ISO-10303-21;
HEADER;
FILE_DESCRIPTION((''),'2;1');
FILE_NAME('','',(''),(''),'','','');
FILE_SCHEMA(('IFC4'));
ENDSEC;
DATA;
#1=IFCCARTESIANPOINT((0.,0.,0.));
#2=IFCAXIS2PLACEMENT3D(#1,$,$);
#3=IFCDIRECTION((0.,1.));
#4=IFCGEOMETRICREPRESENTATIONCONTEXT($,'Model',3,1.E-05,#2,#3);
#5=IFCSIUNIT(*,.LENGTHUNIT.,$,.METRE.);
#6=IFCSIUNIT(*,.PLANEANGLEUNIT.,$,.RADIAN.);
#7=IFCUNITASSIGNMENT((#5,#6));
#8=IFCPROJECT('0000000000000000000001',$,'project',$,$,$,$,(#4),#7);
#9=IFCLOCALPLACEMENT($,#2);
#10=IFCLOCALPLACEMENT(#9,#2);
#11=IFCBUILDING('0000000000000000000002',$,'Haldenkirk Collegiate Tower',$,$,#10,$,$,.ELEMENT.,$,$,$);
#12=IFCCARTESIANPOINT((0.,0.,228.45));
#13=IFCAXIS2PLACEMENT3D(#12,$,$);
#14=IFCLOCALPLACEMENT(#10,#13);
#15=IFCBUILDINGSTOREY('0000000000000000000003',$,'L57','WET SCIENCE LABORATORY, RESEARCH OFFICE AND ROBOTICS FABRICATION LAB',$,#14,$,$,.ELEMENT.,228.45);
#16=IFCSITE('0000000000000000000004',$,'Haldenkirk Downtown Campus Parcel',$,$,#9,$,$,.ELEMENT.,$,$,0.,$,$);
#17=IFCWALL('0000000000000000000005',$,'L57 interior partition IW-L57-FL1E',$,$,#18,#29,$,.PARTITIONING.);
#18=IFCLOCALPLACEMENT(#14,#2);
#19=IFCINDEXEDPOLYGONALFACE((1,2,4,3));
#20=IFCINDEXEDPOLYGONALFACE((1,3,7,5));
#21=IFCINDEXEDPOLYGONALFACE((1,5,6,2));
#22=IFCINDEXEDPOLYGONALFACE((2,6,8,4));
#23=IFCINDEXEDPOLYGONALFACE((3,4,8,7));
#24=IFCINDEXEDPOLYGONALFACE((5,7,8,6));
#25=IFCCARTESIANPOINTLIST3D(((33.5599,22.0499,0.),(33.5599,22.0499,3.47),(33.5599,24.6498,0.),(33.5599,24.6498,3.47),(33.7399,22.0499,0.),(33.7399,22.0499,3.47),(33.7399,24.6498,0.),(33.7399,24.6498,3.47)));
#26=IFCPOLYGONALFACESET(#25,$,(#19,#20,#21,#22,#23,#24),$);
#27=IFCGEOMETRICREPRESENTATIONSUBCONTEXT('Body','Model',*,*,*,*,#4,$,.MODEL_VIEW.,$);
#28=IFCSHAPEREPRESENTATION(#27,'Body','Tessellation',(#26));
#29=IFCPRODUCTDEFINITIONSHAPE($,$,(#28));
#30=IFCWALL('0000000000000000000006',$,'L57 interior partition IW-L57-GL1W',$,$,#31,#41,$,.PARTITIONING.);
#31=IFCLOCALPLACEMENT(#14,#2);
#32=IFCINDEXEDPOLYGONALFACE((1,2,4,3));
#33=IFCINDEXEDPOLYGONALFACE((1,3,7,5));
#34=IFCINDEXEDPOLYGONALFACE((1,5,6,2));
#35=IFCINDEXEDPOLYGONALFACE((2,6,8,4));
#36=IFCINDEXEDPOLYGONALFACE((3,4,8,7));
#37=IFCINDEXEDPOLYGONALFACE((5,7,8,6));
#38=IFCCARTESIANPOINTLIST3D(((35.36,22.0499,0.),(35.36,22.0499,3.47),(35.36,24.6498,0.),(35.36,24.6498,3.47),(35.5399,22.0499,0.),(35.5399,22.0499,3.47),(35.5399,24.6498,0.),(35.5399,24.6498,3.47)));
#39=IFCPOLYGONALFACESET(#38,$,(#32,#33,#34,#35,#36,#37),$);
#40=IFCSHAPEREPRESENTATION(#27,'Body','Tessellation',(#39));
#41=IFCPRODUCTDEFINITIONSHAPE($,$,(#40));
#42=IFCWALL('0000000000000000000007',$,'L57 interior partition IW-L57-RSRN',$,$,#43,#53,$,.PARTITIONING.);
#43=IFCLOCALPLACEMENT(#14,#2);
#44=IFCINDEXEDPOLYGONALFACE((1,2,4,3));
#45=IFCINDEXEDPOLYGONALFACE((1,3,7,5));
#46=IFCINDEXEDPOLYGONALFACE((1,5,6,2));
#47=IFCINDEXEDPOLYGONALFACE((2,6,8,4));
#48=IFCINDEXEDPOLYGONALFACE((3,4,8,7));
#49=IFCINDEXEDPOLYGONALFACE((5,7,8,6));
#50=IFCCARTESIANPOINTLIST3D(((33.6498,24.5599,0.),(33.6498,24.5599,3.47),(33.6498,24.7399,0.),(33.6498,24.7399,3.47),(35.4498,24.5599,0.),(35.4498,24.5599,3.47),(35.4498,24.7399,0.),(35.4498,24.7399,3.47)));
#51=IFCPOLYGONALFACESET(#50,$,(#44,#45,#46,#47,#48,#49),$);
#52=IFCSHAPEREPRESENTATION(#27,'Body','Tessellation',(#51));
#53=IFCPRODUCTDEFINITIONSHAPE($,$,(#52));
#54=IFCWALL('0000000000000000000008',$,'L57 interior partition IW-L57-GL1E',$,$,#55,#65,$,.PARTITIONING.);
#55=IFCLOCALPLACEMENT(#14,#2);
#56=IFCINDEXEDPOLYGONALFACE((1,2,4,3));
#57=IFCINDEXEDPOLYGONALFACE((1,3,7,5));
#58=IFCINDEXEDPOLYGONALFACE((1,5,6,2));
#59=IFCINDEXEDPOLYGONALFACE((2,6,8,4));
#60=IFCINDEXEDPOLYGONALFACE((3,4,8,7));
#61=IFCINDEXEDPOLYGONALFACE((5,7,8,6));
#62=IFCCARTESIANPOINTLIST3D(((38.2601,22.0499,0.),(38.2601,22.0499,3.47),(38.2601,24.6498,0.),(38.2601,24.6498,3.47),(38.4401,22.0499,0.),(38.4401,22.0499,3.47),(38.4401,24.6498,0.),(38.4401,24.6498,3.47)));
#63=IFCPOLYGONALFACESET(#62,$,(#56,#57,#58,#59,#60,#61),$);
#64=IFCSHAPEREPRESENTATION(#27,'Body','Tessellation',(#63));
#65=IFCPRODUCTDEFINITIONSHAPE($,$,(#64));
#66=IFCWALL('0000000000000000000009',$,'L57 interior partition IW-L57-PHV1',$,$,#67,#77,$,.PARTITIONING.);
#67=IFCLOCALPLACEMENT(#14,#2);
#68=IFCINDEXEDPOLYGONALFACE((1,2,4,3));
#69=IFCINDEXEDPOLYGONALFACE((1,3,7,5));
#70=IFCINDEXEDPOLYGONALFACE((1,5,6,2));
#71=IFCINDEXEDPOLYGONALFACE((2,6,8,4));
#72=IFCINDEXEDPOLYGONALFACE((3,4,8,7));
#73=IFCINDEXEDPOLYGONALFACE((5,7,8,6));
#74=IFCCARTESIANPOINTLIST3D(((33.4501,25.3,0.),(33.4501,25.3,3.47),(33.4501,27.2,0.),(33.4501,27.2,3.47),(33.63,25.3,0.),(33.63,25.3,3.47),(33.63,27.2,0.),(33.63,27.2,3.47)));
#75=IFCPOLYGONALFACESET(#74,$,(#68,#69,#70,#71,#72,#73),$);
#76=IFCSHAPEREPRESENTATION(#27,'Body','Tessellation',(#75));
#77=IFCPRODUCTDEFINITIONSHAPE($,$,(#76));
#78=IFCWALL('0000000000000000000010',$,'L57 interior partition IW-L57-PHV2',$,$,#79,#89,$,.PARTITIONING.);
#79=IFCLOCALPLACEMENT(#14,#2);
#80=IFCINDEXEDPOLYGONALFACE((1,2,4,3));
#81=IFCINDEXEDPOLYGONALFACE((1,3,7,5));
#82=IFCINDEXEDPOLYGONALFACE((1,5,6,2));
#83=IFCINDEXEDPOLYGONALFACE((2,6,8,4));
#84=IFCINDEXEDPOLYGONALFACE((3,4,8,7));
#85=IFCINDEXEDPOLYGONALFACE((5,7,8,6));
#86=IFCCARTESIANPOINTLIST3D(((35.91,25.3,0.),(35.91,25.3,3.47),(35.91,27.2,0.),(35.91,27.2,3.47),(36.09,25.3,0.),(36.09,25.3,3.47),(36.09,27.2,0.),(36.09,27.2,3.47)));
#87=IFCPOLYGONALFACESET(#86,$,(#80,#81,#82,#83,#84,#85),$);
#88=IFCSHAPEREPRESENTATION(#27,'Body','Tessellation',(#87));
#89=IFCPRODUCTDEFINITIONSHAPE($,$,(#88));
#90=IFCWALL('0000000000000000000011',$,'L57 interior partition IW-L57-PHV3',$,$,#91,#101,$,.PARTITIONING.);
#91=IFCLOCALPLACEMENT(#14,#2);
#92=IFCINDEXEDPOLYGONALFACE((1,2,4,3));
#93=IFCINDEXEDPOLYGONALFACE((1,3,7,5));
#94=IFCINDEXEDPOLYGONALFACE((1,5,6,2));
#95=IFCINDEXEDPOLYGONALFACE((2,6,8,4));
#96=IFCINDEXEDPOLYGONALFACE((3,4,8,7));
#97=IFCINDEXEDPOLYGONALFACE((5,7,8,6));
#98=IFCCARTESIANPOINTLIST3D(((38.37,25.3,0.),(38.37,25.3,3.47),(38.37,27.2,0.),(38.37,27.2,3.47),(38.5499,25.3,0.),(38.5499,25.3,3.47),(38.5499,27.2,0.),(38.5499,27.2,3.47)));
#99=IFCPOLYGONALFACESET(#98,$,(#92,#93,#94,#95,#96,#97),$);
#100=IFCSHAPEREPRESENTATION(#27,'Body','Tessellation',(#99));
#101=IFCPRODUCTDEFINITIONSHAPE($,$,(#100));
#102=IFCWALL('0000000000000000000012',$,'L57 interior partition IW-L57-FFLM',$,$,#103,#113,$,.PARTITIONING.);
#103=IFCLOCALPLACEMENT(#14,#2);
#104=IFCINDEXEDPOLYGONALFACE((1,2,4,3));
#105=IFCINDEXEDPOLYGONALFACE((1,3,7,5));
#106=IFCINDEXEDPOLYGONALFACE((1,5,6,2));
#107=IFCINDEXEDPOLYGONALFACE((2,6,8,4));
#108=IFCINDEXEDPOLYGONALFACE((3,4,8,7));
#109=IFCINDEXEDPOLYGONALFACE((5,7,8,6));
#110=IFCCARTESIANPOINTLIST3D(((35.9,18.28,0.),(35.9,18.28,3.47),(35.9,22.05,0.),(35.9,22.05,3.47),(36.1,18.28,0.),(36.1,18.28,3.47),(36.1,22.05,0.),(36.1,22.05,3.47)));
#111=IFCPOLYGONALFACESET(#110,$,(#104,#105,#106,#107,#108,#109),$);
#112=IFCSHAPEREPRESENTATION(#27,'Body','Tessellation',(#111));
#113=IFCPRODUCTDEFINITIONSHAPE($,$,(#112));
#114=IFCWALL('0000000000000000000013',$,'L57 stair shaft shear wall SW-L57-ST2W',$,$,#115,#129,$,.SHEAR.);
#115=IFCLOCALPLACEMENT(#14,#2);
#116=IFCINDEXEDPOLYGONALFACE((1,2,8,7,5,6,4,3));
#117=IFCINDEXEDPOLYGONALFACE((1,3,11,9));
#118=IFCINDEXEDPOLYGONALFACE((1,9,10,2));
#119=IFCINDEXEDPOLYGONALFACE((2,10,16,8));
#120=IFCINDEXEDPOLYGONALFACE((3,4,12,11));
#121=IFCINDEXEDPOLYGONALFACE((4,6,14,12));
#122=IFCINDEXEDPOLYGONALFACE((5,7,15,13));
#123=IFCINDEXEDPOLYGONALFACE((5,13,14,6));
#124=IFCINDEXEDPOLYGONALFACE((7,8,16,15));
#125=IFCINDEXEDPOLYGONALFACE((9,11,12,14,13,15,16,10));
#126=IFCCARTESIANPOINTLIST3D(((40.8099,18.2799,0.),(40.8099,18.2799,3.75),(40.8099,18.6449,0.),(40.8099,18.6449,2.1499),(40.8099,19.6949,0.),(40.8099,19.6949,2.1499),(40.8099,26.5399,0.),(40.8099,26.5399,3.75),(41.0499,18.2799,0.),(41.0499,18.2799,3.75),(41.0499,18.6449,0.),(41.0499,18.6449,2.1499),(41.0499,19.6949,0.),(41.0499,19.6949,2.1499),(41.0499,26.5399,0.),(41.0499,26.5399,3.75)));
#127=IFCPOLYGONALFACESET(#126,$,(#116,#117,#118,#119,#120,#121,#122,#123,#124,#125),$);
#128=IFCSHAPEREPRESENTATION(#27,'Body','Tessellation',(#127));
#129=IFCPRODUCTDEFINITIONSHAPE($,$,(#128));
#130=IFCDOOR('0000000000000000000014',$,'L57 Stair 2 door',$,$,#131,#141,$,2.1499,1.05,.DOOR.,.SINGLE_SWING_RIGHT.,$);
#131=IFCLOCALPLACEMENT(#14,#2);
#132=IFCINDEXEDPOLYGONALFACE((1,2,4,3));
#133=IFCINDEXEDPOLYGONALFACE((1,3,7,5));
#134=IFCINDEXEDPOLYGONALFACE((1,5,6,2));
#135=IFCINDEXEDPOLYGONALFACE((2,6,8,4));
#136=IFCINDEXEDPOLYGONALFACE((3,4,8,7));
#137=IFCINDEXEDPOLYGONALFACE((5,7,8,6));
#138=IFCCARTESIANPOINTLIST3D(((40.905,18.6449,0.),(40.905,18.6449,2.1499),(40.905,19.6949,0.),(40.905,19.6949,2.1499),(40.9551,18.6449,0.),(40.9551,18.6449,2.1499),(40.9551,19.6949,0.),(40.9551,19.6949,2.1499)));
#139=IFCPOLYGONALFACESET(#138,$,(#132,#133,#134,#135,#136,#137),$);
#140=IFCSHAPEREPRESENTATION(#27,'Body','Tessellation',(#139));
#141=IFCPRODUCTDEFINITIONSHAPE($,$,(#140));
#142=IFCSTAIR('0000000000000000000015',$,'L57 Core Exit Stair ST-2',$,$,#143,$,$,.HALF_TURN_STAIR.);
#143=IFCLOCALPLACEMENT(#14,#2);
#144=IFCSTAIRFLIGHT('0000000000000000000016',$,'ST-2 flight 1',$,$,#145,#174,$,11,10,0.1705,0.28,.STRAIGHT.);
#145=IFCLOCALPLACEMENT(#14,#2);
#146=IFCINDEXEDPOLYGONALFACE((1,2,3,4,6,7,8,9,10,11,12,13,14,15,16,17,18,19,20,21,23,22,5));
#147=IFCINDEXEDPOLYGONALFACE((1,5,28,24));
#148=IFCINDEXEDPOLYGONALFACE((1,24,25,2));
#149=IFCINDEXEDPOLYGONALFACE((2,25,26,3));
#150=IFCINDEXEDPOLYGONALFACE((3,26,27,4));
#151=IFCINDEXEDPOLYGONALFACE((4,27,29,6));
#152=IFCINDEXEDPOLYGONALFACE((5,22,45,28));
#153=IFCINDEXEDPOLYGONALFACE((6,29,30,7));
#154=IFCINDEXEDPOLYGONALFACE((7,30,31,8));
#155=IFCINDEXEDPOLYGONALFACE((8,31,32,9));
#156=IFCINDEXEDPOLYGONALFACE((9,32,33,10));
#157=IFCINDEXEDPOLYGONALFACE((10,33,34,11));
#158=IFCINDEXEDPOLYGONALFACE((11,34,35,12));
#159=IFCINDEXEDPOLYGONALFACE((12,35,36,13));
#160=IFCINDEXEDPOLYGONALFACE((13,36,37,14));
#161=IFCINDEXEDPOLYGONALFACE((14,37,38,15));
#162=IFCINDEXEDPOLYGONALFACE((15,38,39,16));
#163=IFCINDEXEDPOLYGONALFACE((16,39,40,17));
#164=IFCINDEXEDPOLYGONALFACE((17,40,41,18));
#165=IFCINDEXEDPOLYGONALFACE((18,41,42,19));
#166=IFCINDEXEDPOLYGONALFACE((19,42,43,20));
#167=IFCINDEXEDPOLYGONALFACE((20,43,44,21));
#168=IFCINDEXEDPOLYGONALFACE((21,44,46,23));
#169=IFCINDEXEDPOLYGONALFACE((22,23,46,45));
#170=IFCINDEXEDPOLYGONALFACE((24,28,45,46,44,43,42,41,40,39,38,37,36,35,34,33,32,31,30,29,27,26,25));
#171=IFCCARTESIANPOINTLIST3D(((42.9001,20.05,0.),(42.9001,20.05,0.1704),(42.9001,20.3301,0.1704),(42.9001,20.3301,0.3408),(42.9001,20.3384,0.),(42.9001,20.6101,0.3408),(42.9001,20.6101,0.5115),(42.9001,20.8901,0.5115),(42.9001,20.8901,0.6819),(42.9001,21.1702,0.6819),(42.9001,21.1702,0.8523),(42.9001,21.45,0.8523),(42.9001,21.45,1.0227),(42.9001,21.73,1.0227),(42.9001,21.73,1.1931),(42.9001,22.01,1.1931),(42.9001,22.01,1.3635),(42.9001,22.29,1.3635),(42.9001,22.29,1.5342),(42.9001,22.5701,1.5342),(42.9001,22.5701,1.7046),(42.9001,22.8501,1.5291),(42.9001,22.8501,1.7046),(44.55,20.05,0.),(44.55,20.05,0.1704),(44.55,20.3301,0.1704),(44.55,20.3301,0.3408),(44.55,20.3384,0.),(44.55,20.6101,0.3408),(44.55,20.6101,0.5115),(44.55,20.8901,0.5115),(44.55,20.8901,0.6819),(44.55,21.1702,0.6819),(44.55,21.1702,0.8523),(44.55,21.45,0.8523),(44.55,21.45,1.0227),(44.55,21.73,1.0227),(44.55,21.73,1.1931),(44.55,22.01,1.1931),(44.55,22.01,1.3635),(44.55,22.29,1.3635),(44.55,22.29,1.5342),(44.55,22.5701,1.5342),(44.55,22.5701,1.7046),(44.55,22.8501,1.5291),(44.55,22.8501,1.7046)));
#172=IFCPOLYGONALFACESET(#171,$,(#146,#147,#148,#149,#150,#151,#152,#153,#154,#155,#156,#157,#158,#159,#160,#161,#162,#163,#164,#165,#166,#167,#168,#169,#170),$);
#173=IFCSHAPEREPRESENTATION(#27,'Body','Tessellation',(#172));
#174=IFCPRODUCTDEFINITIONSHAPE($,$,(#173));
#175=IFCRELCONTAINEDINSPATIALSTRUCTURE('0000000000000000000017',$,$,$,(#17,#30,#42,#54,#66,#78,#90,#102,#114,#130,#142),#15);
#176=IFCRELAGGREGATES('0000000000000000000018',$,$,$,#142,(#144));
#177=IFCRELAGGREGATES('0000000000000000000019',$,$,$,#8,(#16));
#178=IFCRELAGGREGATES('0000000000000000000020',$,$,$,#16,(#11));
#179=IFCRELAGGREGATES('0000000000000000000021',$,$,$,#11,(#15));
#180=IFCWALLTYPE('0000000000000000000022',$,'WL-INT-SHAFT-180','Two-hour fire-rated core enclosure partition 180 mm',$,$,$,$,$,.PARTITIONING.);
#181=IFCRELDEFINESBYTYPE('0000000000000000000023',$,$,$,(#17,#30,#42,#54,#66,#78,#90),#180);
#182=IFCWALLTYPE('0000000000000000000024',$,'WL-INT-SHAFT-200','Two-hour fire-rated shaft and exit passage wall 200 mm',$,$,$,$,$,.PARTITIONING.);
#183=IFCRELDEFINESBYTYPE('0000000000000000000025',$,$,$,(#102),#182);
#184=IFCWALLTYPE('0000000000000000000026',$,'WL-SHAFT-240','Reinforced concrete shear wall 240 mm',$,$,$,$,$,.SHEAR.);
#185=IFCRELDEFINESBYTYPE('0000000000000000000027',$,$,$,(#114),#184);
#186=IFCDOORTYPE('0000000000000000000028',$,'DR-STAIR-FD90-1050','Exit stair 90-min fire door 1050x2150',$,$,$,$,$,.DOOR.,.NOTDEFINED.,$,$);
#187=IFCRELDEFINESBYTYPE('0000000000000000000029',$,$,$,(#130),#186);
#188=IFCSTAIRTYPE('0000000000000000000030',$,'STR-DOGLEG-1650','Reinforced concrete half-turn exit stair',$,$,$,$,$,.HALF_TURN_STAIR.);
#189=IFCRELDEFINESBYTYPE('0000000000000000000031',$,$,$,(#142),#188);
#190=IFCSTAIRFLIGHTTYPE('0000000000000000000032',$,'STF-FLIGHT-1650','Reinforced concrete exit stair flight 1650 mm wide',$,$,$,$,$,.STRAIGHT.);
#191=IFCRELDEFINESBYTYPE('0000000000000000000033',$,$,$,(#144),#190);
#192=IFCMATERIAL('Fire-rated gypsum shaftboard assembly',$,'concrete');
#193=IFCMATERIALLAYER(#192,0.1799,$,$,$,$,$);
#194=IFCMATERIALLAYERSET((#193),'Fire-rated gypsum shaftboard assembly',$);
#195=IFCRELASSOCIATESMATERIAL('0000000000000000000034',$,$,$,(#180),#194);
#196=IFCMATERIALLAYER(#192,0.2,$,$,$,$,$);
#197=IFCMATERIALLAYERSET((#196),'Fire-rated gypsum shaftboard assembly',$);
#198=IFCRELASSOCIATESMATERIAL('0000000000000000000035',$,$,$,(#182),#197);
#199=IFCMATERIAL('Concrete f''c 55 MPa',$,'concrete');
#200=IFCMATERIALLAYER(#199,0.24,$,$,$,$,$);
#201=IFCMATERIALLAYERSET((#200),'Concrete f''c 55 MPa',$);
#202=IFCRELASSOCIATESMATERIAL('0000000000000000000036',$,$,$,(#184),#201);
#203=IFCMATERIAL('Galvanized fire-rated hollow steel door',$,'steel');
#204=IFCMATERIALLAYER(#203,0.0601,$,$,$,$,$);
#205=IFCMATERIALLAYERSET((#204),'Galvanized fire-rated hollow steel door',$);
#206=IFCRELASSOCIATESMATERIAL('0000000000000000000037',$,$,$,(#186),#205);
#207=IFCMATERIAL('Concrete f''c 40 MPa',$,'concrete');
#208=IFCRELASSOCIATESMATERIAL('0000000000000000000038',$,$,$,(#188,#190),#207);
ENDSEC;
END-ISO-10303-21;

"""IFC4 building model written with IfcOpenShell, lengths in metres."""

from ifc_helpers import new_model, si_unit, direction, frame, frame_2d, origin, place, context, subcontext, project, spatial, polyline, rectangle, outline, extrude, material, layer, layer_set, type_object, element, fill, aggregate, save


model = new_model("IFC4")

# Units and contexts
model_context = context("Model", 3, precision=1e-05, world=origin(), true_north=direction((0.0, 1.0)))
body_context = subcontext(model_context, "Body", "Model", "MODEL_VIEW")
ifc_project = project(units=[si_unit("LENGTHUNIT", "METRE"), si_unit("PLANEANGLEUNIT", "RADIAN")], contexts=[model_context])

# Site, building, storey
site_placement = place(None, origin())
site = spatial("IfcSite", under=ifc_project, at=site_placement, Name="Haldenkirk Downtown Campus Parcel", CompositionType="ELEMENT", RefElevation=0.0)
building_placement = place(site_placement, origin())
building = spatial("IfcBuilding", under=site, at=building_placement, Name="Haldenkirk Collegiate Tower", CompositionType="ELEMENT")
storey_placement = place(building_placement, frame((0.0, 0.0, 228.45)))
storey = spatial("IfcBuildingStorey", under=building, at=storey_placement, Name="L57", Description="WET SCIENCE LABORATORY, RESEARCH OFFICE AND ROBOTICS FABRICATION LAB", CompositionType="ELEMENT", Elevation=228.45)

# Walls
ifc_material_1 = material(Name="Fire-rated gypsum shaftboard assembly", Category="concrete")
ifc_layer_1 = layer(ifc_material_1, 0.1799)
ifc_layer_set_1 = layer_set([ifc_layer_1], Name="Fire-rated gypsum shaftboard assembly")
wall_type_1 = type_object("IfcWallType", Name="WL-INT-SHAFT-180", Description="Two-hour fire-rated core enclosure partition 180 mm", PredefinedType="PARTITIONING", material=ifc_layer_set_1)
for number, where, z_axis, x_axis, name in (
    (1, (33.6499, 22.05, 0.0), (0.0, 0.0, 1.0), (0.0, 1.0, 0.0), "L57 interior partition IW-L57-FL1E"),
    (2, (35.45, 22.05, 0.0), (0.0, 0.0, 1.0), (0.0, 1.0, 0.0), "L57 interior partition IW-L57-GL1W"),
):
    element("IfcWall", number, at=place(storey_placement, frame(where, z_axis=z_axis, x_axis=x_axis)), inside=storey, type_object=wall_type_1, Name=name, PredefinedType="PARTITIONING", context=body_context, shape_type="SweptSolid", body=[
        extrude(rectangle(XDim=2.5999, YDim=0.1799, at=frame_2d((1.2998, 0.0))), origin(), (0.0, 0.0, 1.0), 3.47),
    ])
wall_1_placement = place(storey_placement, frame((33.6499, 24.6499, 0.0), z_axis=(0.0, 0.0, 1.0), x_axis=(1.0, 0.0, 0.0)))
element("IfcWall", 3, at=wall_1_placement, inside=storey, type_object=wall_type_1, Name="L57 interior partition IW-L57-RSRN", PredefinedType="PARTITIONING", context=body_context, shape_type="SweptSolid", body=[
    extrude(rectangle(XDim=1.8, YDim=0.1799, at=frame_2d((0.8999, 0.0))), origin(), (0.0, 0.0, 1.0), 3.47),
])
wall_2_placement = place(storey_placement, frame((38.3501, 22.05, 0.0), z_axis=(0.0, 0.0, 1.0), x_axis=(0.0, 1.0, 0.0)))
element("IfcWall", 4, at=wall_2_placement, inside=storey, type_object=wall_type_1, Name="L57 interior partition IW-L57-GL1E", PredefinedType="PARTITIONING", context=body_context, shape_type="SweptSolid", body=[
    extrude(rectangle(XDim=2.5999, YDim=0.1799, at=frame_2d((1.2998, 0.0))), origin(), (0.0, 0.0, 1.0), 3.47),
])
for number, where, z_axis, x_axis, name in (
    (5, (33.54, 25.3, 0.0), (0.0, 0.0, 1.0), (0.0, 1.0, 0.0), "L57 interior partition IW-L57-PHV1"),
    (6, (36.0, 25.3, 0.0), (0.0, 0.0, 1.0), (0.0, 1.0, 0.0), "L57 interior partition IW-L57-PHV2"),
    (7, (38.46, 25.3, 0.0), (0.0, 0.0, 1.0), (0.0, 1.0, 0.0), "L57 interior partition IW-L57-PHV3"),
):
    element("IfcWall", number, at=place(storey_placement, frame(where, z_axis=z_axis, x_axis=x_axis)), inside=storey, type_object=wall_type_1, Name=name, PredefinedType="PARTITIONING", context=body_context, shape_type="SweptSolid", body=[
        extrude(rectangle(XDim=1.8999, YDim=0.1799, at=frame_2d((0.95, 0.0))), origin(), (0.0, 0.0, 1.0), 3.47),
    ])
ifc_layer_2 = layer(ifc_material_1, 0.2)
ifc_layer_set_2 = layer_set([ifc_layer_2], Name="Fire-rated gypsum shaftboard assembly")
wall_type_2 = type_object("IfcWallType", Name="WL-INT-SHAFT-200", Description="Two-hour fire-rated shaft and exit passage wall 200 mm", PredefinedType="PARTITIONING", material=ifc_layer_set_2)
wall_3_placement = place(storey_placement, frame((36.0, 18.28, 0.0), z_axis=(0.0, 0.0, 1.0), x_axis=(0.0, 1.0, 0.0)))
element("IfcWall", 8, at=wall_3_placement, inside=storey, type_object=wall_type_2, Name="L57 interior partition IW-L57-FFLM", PredefinedType="PARTITIONING", context=body_context, shape_type="SweptSolid", body=[
    extrude(rectangle(XDim=3.77, YDim=0.2, at=frame_2d((1.885, 0.0))), origin(), (0.0, 0.0, 1.0), 3.47),
])

# Wall, opening, door
ifc_material_2 = material(Name="Concrete f'c 55 MPa", Category="concrete")
ifc_layer_3 = layer(ifc_material_2, 0.24)
ifc_layer_set_3 = layer_set([ifc_layer_3], Name="Concrete f'c 55 MPa")
wall_type_3 = type_object("IfcWallType", Name="WL-SHAFT-240", Description="Reinforced concrete shear wall 240 mm", PredefinedType="SHEAR", material=ifc_layer_set_3)
wall_4_placement = place(storey_placement, frame((40.9299, 18.28, 0.0), z_axis=(0.0, 0.0, 1.0), x_axis=(0.0, 1.0, 0.0)))
wall_4 = element("IfcWall", 9, at=wall_4_placement, inside=storey, type_object=wall_type_3, Name="L57 stair shaft shear wall SW-L57-ST2W", PredefinedType="SHEAR", context=body_context, shape_type="SweptSolid", body=[
    extrude(rectangle(XDim=8.26, YDim=0.24, at=frame_2d((4.1299, 0.0))), origin(), (0.0, 0.0, 1.0), 3.75),
])
opening_1_placement = place(wall_4_placement, frame((0.365, 0.0, 0.0)))
opening_1 = element("IfcOpeningElement", 10, at=opening_1_placement, cuts=wall_4, PredefinedType="OPENING", context=body_context, shape_type="SweptSolid", body=[
    extrude(rectangle(XDim=1.05, YDim=2.1499, at=frame_2d((0.5249, 1.075))), frame((0.0, 0.1299, 0.0), z_axis=(0.0, -1.0, 0.0), x_axis=(1.0, 0.0, 0.0)), (0.0, 0.0, 1.0), 0.26),
])
ifc_material_3 = material(Name="Galvanized fire-rated hollow steel door", Category="steel")
ifc_layer_4 = layer(ifc_material_3, 0.0601)
ifc_layer_set_4 = layer_set([ifc_layer_4], Name="Galvanized fire-rated hollow steel door")
door_type_1 = type_object("IfcDoorType", Name="DR-STAIR-FD90-1050", Description="Exit stair 90-min fire door 1050x2150", OperationType="NOTDEFINED", PredefinedType="DOOR", material=ifc_layer_set_4)
door_1_placement = place(opening_1_placement, origin())
door_1 = element("IfcDoor", 11, at=door_1_placement, inside=storey, type_object=door_type_1, Name="L57 Stair 2 door", OperationType="SINGLE_SWING_RIGHT", OverallHeight=2.1499, OverallWidth=1.05, PredefinedType="DOOR", context=body_context, shape_type="SweptSolid", body=[
    extrude(rectangle(XDim=1.05, YDim=2.1499, at=frame_2d((0.5249, 1.075))), frame((0.0, 0.0249, 0.0), z_axis=(0.0, -1.0, 0.0), x_axis=(1.0, 0.0, 0.0)), (0.0, 0.0, 1.0), 0.05),
])
fill(opening_1, door_1)

# Stair, stair flight
ifc_material_4 = material(Name="Concrete f'c 40 MPa", Category="concrete")
stair_type = type_object("IfcStairType", Name="STR-DOGLEG-1650", Description="Reinforced concrete half-turn exit stair", PredefinedType="HALF_TURN_STAIR", material=ifc_material_4)
stair_placement = place(storey_placement, origin())
stair = element("IfcStair", 12, at=stair_placement, inside=storey, type_object=stair_type, Name="L57 Core Exit Stair ST-2", PredefinedType="HALF_TURN_STAIR")
stair_flight_type = type_object("IfcStairFlightType", Name="STF-FLIGHT-1650", Description="Reinforced concrete exit stair flight 1650 mm wide", PredefinedType="STRAIGHT", material=ifc_material_4)
stair_flight_1_placement = place(storey_placement, frame((43.7251, 20.05, 0.0), z_axis=(0.0, 0.0, 1.0), x_axis=(0.0, 1.0, 0.0)))
stair_flight_1 = element("IfcStairFlight", 13, at=stair_flight_1_placement, type_object=stair_flight_type, Name="ST-2 flight 1", NumberOfRisers=11, NumberOfTreads=10, PredefinedType="STRAIGHT", RiserHeight=0.1705, TreadLength=0.28, context=body_context, shape_type="SweptSolid", body=[
    extrude(outline(polyline([(0.0, 0.0), (0.0, 0.1704), (0.28, 0.1704), (0.28, 0.3408), (0.5601, 0.3408), (0.5601, 0.5115), (0.8401, 0.5115), (0.8401, 0.6819), (1.1201, 0.6819), (1.1201, 0.8523), (1.3999, 0.8523), (1.3999, 1.0227), (1.6799, 1.0227), (1.6799, 1.1931), (1.96, 1.1931), (1.96, 1.3635), (2.24, 1.3635), (2.24, 1.5342), (2.52, 1.5342), (2.52, 1.7046), (2.8, 1.7046), (2.8, 1.875), (2.8, 1.5291), (0.2883, 0.0), (0.0, 0.0)])), frame((0.0, 0.825, 0.0), z_axis=(0.0, -1.0, 0.0), x_axis=(1.0, 0.0, 0.0)), (0.0, 0.0, 1.0), 1.6499),
])
aggregate(stair, [stair_flight_1])

save(model, "model.ifc")
